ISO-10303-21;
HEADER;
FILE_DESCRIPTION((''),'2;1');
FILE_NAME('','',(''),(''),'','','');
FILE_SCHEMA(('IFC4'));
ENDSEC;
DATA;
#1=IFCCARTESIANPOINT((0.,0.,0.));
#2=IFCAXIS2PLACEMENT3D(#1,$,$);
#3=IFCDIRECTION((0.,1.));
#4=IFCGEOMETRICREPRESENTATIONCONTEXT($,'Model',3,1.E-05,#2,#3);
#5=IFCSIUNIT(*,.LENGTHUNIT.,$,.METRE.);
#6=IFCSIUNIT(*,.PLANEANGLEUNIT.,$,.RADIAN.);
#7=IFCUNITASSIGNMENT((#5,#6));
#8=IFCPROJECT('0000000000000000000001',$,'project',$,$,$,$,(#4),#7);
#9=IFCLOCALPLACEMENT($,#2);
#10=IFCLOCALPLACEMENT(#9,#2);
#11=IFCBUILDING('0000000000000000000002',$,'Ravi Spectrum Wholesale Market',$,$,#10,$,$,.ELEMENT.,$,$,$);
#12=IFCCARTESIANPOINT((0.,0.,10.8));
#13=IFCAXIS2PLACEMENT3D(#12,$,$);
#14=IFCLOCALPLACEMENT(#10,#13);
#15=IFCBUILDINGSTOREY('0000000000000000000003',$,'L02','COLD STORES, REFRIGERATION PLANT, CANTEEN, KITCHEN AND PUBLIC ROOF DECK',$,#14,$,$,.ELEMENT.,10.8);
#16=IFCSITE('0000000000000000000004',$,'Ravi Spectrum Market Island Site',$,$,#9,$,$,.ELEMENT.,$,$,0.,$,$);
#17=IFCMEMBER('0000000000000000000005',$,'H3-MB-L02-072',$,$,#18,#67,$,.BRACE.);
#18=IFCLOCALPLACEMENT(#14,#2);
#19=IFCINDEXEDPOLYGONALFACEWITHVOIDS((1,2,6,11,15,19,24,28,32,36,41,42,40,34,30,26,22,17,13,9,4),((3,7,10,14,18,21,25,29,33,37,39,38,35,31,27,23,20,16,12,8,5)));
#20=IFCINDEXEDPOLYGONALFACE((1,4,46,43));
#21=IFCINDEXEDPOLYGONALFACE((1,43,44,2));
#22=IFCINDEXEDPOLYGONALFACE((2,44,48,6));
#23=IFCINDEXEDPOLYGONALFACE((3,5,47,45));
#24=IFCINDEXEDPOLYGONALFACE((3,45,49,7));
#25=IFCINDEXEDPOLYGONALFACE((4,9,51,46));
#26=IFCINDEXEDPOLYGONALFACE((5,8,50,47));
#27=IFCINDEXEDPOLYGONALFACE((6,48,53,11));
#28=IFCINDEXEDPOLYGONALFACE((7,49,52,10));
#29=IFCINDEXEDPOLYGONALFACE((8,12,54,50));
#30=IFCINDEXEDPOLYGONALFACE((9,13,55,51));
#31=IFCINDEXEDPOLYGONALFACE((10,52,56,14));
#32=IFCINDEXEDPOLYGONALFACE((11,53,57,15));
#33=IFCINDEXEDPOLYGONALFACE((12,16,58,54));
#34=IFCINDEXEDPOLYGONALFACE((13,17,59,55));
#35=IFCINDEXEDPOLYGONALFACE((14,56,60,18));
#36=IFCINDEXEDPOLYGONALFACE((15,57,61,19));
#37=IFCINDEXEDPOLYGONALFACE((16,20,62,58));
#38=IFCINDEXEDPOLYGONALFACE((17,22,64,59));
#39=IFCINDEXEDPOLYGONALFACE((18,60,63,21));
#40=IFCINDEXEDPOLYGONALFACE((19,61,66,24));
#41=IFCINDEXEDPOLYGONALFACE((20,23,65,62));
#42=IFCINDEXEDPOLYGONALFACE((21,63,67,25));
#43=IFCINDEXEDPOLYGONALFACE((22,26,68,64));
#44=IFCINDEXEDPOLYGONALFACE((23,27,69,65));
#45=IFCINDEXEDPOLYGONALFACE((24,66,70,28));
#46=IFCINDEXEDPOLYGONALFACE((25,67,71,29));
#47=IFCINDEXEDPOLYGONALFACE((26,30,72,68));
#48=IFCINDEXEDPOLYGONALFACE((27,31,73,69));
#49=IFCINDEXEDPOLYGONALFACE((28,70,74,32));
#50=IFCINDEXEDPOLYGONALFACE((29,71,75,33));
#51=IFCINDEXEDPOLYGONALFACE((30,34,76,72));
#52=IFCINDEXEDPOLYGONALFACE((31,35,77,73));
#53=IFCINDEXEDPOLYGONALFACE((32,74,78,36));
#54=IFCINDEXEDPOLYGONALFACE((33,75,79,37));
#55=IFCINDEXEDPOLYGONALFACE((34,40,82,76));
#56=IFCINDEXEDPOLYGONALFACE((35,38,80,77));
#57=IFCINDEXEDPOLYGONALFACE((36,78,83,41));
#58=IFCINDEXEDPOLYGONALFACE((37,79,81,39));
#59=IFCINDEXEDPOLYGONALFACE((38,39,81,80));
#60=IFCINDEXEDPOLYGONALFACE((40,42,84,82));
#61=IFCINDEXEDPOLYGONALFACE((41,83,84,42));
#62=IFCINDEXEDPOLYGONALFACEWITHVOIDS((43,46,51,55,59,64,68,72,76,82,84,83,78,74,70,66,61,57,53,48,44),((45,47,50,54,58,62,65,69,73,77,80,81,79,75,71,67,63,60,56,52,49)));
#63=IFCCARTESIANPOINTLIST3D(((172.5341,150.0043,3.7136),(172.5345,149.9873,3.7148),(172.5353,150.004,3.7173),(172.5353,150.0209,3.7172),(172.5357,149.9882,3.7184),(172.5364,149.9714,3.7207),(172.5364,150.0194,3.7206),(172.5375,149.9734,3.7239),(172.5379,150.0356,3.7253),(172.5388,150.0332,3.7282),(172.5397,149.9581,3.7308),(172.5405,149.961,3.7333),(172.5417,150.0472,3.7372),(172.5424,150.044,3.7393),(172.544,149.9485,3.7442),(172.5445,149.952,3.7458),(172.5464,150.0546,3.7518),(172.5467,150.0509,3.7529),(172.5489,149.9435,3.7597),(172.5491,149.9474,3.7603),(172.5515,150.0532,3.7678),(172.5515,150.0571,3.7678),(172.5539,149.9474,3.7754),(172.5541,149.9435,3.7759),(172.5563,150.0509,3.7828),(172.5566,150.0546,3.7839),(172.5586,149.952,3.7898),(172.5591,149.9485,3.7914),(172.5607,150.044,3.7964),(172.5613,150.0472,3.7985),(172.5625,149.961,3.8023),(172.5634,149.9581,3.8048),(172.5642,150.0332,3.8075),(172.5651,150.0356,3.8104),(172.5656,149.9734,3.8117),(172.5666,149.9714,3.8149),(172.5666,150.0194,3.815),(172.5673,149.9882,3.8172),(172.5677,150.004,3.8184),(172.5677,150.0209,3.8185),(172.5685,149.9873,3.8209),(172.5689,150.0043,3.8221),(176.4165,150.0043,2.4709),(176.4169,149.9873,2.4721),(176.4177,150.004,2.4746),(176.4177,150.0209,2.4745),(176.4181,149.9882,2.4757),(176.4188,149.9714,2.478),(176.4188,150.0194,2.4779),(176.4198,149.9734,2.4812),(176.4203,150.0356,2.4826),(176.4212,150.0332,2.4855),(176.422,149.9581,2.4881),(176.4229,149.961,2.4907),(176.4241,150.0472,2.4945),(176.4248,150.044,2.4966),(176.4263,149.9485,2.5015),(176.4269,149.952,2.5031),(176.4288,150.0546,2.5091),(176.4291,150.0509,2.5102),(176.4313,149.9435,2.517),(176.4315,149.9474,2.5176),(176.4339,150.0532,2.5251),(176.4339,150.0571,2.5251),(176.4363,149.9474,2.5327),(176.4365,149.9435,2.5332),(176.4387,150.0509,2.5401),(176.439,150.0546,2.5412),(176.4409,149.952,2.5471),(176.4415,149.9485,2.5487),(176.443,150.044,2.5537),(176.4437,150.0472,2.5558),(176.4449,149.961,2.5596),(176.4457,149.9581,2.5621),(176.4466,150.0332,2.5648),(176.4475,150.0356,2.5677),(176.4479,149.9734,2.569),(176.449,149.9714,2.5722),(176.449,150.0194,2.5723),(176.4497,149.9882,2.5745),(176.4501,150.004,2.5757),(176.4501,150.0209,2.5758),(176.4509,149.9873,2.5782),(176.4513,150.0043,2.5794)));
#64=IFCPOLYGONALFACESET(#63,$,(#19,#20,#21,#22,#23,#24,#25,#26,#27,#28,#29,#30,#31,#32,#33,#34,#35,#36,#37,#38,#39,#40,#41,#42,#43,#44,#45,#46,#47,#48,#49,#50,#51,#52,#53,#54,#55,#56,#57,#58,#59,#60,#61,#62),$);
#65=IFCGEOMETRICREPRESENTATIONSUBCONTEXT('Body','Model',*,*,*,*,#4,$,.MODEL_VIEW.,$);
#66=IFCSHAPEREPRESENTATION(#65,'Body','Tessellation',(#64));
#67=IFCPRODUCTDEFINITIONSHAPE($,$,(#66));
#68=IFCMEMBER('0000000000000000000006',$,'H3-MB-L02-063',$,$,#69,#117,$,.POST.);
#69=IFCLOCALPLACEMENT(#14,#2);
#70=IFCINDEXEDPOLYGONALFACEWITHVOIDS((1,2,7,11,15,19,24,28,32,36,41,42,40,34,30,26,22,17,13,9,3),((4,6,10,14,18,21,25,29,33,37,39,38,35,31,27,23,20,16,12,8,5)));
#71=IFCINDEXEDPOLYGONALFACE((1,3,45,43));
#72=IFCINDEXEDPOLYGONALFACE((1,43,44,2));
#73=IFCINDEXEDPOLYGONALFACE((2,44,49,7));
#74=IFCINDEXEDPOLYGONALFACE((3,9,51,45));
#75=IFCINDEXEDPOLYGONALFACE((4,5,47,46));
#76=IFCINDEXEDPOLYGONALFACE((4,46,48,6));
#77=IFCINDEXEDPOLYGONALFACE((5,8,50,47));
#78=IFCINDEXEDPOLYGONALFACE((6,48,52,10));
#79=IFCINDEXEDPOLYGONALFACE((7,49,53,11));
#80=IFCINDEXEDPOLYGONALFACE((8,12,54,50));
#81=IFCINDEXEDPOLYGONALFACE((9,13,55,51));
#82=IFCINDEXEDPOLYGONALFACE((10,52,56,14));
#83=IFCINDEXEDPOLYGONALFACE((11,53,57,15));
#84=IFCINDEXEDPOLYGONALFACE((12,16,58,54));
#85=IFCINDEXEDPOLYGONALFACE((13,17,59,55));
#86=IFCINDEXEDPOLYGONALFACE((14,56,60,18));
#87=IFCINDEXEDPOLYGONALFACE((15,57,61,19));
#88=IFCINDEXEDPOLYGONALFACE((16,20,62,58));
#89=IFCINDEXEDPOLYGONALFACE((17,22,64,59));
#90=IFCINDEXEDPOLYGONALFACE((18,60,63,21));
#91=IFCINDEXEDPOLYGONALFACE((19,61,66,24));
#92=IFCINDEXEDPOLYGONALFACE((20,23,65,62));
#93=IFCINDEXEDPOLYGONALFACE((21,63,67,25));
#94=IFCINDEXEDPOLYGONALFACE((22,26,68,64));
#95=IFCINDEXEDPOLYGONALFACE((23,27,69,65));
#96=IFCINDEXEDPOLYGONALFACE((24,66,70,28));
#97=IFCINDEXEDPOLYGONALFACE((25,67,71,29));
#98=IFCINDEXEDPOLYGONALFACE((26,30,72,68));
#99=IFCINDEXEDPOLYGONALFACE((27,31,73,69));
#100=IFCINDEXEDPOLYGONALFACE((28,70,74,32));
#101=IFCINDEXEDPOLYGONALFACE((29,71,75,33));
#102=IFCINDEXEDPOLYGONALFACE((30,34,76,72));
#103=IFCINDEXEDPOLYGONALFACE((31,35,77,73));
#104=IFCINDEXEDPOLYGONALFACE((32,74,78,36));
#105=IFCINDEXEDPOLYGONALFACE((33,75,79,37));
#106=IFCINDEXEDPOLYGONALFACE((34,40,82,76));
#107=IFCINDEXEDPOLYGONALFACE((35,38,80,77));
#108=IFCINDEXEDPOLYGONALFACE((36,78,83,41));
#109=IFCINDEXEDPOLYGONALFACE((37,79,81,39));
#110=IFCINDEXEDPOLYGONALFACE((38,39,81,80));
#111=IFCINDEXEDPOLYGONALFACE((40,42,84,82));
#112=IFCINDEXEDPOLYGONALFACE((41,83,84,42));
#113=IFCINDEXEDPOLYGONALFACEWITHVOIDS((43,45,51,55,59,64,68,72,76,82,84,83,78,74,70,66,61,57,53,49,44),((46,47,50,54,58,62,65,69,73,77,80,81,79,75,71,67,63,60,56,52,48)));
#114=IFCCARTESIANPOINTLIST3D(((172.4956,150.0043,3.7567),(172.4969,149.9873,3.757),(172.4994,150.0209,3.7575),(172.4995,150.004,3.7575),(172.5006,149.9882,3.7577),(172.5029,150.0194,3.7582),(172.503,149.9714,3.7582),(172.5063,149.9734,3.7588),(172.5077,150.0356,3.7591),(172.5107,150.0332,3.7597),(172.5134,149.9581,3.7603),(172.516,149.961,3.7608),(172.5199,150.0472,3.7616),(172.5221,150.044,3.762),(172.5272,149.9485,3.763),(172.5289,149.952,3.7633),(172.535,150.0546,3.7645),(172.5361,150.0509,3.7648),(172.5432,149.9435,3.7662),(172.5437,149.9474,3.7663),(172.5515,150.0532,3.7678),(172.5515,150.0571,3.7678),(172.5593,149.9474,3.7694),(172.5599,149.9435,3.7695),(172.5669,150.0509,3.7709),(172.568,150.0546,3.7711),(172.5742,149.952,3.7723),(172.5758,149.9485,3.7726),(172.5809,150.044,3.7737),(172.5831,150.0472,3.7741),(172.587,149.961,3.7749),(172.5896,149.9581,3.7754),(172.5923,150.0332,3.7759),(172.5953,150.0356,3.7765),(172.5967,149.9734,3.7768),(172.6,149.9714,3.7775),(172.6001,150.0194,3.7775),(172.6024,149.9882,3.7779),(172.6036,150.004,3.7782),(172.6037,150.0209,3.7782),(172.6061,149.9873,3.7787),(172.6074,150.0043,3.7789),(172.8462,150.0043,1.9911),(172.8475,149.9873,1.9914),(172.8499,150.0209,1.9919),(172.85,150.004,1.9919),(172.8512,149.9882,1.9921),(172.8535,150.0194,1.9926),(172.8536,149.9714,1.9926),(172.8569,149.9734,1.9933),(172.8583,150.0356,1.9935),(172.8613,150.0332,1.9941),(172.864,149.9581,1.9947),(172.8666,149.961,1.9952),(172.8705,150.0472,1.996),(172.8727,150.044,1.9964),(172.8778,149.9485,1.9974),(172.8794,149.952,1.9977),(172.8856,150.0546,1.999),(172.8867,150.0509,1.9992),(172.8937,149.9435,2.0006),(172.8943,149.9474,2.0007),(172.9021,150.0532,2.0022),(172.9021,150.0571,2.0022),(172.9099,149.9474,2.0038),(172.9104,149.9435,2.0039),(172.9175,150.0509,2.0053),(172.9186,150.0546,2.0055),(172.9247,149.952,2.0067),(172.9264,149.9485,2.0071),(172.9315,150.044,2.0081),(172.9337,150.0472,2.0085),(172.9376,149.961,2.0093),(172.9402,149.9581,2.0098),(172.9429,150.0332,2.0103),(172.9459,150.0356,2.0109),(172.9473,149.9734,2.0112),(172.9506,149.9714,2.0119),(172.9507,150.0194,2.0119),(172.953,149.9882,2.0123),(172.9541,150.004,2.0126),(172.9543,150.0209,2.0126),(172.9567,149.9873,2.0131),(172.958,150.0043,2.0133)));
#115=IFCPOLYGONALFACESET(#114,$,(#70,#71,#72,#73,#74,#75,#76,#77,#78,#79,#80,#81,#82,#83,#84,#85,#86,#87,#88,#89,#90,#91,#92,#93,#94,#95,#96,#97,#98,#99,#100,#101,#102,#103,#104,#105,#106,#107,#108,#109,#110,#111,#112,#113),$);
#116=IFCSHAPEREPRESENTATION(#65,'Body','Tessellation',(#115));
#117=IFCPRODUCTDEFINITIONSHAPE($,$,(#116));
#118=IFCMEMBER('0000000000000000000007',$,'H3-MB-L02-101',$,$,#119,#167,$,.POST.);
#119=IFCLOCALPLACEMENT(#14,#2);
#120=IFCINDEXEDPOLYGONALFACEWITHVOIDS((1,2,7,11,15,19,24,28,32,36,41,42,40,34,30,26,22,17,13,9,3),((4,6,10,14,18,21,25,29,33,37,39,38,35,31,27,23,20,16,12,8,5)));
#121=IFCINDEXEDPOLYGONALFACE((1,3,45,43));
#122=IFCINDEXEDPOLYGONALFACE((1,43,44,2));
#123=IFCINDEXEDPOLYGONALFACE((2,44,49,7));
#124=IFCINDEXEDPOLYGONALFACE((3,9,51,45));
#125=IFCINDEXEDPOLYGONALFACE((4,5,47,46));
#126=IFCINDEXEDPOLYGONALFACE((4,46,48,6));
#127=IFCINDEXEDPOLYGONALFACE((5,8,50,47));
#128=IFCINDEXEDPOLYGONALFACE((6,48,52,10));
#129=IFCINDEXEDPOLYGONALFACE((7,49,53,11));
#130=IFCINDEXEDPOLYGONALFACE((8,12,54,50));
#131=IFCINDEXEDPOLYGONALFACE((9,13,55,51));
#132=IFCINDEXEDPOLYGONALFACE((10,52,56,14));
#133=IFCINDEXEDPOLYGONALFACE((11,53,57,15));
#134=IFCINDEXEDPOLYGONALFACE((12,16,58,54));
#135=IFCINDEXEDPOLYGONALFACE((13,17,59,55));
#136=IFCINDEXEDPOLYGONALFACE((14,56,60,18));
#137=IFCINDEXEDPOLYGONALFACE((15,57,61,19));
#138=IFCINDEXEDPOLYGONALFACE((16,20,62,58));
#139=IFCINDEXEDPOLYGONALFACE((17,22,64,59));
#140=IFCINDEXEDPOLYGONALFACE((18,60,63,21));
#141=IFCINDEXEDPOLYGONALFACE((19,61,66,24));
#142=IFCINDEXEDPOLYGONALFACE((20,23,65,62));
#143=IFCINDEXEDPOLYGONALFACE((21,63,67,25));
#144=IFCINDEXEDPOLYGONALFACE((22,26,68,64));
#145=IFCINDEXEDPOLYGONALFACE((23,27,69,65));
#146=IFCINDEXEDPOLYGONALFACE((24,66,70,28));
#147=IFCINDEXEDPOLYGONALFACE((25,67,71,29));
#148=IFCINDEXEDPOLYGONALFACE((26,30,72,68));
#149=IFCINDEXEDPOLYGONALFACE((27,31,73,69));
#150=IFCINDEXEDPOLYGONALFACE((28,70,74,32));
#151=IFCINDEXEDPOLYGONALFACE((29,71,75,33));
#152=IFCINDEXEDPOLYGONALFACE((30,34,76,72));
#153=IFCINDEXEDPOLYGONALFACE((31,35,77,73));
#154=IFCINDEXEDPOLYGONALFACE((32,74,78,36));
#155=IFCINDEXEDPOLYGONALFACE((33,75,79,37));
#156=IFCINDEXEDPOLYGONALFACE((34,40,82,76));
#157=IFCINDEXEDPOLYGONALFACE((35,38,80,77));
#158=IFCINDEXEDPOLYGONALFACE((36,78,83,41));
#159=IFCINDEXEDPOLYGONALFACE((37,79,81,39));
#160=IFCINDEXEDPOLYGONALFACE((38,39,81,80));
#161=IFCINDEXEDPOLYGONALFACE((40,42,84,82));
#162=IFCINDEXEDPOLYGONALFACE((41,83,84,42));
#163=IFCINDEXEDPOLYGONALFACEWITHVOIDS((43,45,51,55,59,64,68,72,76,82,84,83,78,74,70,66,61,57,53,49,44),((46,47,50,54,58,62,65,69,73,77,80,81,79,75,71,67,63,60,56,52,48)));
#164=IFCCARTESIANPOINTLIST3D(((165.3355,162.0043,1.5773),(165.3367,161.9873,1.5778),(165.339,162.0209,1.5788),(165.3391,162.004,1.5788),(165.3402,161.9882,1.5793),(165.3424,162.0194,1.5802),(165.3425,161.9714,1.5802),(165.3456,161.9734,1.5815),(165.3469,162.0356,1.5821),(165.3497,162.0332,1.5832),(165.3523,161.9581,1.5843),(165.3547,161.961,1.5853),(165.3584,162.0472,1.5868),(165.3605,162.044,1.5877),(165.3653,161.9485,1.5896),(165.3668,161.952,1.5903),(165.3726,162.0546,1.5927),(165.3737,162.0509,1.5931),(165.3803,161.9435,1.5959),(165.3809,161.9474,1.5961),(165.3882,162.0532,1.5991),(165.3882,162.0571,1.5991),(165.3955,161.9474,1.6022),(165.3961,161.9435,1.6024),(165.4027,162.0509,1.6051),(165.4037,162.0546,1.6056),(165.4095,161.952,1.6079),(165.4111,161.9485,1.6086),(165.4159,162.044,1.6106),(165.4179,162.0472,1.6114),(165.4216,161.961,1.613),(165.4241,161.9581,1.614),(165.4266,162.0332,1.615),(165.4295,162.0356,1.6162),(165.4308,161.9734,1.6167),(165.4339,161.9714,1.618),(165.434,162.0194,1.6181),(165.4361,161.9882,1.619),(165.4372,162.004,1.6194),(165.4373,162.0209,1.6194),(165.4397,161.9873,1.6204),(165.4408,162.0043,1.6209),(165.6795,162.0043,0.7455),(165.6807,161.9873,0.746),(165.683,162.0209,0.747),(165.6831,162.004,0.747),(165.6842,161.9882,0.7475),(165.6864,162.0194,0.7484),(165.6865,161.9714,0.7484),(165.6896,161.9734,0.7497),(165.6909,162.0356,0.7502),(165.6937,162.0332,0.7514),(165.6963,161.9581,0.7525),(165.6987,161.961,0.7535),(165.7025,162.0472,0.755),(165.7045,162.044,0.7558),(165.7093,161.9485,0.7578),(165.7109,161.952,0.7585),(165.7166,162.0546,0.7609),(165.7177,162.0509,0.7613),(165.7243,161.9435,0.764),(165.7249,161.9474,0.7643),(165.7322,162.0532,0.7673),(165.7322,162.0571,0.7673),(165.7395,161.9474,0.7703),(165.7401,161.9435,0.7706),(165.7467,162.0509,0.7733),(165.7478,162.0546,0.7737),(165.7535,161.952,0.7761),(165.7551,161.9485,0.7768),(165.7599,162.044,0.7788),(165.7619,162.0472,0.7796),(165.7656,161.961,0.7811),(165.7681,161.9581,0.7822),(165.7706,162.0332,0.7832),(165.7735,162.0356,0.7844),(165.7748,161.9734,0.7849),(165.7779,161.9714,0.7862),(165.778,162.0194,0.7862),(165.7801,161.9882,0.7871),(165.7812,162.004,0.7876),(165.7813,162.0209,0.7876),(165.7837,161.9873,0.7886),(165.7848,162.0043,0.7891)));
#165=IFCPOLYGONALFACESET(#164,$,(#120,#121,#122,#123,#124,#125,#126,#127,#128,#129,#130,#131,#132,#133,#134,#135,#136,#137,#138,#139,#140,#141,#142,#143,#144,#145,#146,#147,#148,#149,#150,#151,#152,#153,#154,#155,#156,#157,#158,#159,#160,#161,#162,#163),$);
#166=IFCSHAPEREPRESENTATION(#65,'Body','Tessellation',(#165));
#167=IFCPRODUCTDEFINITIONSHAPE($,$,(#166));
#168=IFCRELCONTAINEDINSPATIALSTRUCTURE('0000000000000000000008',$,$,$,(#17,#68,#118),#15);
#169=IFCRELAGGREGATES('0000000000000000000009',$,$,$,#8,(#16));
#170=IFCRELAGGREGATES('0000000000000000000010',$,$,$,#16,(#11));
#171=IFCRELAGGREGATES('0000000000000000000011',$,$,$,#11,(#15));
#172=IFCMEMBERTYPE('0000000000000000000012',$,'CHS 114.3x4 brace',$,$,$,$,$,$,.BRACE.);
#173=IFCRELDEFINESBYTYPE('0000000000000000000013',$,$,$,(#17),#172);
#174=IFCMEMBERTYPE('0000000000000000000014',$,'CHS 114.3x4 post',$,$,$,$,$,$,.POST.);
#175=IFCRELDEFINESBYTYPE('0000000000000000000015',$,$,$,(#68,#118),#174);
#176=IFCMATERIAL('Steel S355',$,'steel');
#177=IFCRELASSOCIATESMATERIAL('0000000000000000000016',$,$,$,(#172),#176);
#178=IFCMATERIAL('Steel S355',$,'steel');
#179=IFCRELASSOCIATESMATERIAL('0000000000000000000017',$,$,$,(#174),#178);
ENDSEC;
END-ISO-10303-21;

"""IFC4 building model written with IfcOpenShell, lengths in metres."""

from ifc_helpers import new_model, si_unit, direction, frame, origin, origin_2d, place, context, subcontext, project, spatial, hollow_circle, extrude, material, material_profile, profile_set, type_object, element, save


model = new_model("IFC4")

# Units and contexts
model_context = context("Model", 3, precision=1e-05, world=origin(), true_north=direction((0.0, 1.0)))
body_context = subcontext(model_context, "Body", "Model", "MODEL_VIEW")
ifc_project = project(units=[si_unit("LENGTHUNIT", "METRE"), si_unit("PLANEANGLEUNIT", "RADIAN")], contexts=[model_context])

# Site, building, storey
site_placement = place(None, origin())
site = spatial("IfcSite", under=ifc_project, at=site_placement, Name="Ravi Spectrum Market Island Site", CompositionType="ELEMENT", RefElevation=0.0)
building_placement = place(site_placement, origin())
building = spatial("IfcBuilding", under=site, at=building_placement, Name="Ravi Spectrum Wholesale Market", CompositionType="ELEMENT")
storey_placement = place(building_placement, frame((0.0, 0.0, 10.8)))
storey = spatial("IfcBuildingStorey", under=building, at=storey_placement, Name="L02", Description="COLD STORES, REFRIGERATION PLANT, CANTEEN, KITCHEN AND PUBLIC ROOF DECK", CompositionType="ELEMENT", Elevation=10.8)

# Members
ifc_material_1 = material(Name="Steel S355", Category="steel")
ifc_material_profile_1 = material_profile(ifc_material_1, hollow_circle(Radius=0.0571, WallThickness=0.0039, at=origin_2d()))
ifc_profile_set_1 = profile_set([ifc_material_profile_1], Name="Steel S355")
member_type_1 = type_object("IfcMemberType", Name="CHS 114.3x4 brace", PredefinedType="BRACE", material=ifc_profile_set_1)
member_1_placement = place(storey_placement, frame((172.5515, 150.0, 3.7678), z_axis=(0.952401, 0.0, -0.30485), x_axis=(0.0, 1.0, 0.0)))
element("IfcMember", 1, at=member_1_placement, inside=storey, type_object=member_type_1, Name="H3-MB-L02-072", PredefinedType="BRACE", context=body_context, shape_type="SweptSolid", body=[
    extrude(hollow_circle(Radius=0.0571, WallThickness=0.0039, at=origin_2d()), origin(), (0.0, 0.0, 1.0), 4.0764),
])
ifc_material_2 = material(Name="Steel S355", Category="steel")
ifc_material_profile_2 = material_profile(ifc_material_2, hollow_circle(Radius=0.0571, WallThickness=0.0039, at=origin_2d()))
ifc_profile_set_2 = profile_set([ifc_material_profile_2], Name="Steel S355")
member_type_2 = type_object("IfcMemberType", Name="CHS 114.3x4 post", PredefinedType="POST", material=ifc_profile_set_2)
member_2_placement = place(storey_placement, frame((172.5515, 150.0, 3.7678), z_axis=(0.19476, 0.0, -0.980851), x_axis=(0.0, 1.0, 0.0)))
element("IfcMember", 2, at=member_2_placement, inside=storey, type_object=member_type_2, Name="H3-MB-L02-063", PredefinedType="POST", context=body_context, shape_type="SweptSolid", body=[
    extrude(hollow_circle(Radius=0.0571, WallThickness=0.0039, at=origin_2d()), origin(), (0.0, 0.0, 1.0), 1.8),
])
member_3_placement = place(storey_placement, frame((165.3882, 162.0, 1.5991), z_axis=(0.382168, 0.0, -0.924093), x_axis=(0.0, 1.0, 0.0)))
element("IfcMember", 3, at=member_3_placement, inside=storey, type_object=member_type_2, Name="H3-MB-L02-101", PredefinedType="POST", context=body_context, shape_type="SweptSolid", body=[
    extrude(hollow_circle(Radius=0.0571, WallThickness=0.0039, at=origin_2d()), origin(), (0.0, 0.0, 1.0), 0.9001),
])

save(model, "model.ifc")
